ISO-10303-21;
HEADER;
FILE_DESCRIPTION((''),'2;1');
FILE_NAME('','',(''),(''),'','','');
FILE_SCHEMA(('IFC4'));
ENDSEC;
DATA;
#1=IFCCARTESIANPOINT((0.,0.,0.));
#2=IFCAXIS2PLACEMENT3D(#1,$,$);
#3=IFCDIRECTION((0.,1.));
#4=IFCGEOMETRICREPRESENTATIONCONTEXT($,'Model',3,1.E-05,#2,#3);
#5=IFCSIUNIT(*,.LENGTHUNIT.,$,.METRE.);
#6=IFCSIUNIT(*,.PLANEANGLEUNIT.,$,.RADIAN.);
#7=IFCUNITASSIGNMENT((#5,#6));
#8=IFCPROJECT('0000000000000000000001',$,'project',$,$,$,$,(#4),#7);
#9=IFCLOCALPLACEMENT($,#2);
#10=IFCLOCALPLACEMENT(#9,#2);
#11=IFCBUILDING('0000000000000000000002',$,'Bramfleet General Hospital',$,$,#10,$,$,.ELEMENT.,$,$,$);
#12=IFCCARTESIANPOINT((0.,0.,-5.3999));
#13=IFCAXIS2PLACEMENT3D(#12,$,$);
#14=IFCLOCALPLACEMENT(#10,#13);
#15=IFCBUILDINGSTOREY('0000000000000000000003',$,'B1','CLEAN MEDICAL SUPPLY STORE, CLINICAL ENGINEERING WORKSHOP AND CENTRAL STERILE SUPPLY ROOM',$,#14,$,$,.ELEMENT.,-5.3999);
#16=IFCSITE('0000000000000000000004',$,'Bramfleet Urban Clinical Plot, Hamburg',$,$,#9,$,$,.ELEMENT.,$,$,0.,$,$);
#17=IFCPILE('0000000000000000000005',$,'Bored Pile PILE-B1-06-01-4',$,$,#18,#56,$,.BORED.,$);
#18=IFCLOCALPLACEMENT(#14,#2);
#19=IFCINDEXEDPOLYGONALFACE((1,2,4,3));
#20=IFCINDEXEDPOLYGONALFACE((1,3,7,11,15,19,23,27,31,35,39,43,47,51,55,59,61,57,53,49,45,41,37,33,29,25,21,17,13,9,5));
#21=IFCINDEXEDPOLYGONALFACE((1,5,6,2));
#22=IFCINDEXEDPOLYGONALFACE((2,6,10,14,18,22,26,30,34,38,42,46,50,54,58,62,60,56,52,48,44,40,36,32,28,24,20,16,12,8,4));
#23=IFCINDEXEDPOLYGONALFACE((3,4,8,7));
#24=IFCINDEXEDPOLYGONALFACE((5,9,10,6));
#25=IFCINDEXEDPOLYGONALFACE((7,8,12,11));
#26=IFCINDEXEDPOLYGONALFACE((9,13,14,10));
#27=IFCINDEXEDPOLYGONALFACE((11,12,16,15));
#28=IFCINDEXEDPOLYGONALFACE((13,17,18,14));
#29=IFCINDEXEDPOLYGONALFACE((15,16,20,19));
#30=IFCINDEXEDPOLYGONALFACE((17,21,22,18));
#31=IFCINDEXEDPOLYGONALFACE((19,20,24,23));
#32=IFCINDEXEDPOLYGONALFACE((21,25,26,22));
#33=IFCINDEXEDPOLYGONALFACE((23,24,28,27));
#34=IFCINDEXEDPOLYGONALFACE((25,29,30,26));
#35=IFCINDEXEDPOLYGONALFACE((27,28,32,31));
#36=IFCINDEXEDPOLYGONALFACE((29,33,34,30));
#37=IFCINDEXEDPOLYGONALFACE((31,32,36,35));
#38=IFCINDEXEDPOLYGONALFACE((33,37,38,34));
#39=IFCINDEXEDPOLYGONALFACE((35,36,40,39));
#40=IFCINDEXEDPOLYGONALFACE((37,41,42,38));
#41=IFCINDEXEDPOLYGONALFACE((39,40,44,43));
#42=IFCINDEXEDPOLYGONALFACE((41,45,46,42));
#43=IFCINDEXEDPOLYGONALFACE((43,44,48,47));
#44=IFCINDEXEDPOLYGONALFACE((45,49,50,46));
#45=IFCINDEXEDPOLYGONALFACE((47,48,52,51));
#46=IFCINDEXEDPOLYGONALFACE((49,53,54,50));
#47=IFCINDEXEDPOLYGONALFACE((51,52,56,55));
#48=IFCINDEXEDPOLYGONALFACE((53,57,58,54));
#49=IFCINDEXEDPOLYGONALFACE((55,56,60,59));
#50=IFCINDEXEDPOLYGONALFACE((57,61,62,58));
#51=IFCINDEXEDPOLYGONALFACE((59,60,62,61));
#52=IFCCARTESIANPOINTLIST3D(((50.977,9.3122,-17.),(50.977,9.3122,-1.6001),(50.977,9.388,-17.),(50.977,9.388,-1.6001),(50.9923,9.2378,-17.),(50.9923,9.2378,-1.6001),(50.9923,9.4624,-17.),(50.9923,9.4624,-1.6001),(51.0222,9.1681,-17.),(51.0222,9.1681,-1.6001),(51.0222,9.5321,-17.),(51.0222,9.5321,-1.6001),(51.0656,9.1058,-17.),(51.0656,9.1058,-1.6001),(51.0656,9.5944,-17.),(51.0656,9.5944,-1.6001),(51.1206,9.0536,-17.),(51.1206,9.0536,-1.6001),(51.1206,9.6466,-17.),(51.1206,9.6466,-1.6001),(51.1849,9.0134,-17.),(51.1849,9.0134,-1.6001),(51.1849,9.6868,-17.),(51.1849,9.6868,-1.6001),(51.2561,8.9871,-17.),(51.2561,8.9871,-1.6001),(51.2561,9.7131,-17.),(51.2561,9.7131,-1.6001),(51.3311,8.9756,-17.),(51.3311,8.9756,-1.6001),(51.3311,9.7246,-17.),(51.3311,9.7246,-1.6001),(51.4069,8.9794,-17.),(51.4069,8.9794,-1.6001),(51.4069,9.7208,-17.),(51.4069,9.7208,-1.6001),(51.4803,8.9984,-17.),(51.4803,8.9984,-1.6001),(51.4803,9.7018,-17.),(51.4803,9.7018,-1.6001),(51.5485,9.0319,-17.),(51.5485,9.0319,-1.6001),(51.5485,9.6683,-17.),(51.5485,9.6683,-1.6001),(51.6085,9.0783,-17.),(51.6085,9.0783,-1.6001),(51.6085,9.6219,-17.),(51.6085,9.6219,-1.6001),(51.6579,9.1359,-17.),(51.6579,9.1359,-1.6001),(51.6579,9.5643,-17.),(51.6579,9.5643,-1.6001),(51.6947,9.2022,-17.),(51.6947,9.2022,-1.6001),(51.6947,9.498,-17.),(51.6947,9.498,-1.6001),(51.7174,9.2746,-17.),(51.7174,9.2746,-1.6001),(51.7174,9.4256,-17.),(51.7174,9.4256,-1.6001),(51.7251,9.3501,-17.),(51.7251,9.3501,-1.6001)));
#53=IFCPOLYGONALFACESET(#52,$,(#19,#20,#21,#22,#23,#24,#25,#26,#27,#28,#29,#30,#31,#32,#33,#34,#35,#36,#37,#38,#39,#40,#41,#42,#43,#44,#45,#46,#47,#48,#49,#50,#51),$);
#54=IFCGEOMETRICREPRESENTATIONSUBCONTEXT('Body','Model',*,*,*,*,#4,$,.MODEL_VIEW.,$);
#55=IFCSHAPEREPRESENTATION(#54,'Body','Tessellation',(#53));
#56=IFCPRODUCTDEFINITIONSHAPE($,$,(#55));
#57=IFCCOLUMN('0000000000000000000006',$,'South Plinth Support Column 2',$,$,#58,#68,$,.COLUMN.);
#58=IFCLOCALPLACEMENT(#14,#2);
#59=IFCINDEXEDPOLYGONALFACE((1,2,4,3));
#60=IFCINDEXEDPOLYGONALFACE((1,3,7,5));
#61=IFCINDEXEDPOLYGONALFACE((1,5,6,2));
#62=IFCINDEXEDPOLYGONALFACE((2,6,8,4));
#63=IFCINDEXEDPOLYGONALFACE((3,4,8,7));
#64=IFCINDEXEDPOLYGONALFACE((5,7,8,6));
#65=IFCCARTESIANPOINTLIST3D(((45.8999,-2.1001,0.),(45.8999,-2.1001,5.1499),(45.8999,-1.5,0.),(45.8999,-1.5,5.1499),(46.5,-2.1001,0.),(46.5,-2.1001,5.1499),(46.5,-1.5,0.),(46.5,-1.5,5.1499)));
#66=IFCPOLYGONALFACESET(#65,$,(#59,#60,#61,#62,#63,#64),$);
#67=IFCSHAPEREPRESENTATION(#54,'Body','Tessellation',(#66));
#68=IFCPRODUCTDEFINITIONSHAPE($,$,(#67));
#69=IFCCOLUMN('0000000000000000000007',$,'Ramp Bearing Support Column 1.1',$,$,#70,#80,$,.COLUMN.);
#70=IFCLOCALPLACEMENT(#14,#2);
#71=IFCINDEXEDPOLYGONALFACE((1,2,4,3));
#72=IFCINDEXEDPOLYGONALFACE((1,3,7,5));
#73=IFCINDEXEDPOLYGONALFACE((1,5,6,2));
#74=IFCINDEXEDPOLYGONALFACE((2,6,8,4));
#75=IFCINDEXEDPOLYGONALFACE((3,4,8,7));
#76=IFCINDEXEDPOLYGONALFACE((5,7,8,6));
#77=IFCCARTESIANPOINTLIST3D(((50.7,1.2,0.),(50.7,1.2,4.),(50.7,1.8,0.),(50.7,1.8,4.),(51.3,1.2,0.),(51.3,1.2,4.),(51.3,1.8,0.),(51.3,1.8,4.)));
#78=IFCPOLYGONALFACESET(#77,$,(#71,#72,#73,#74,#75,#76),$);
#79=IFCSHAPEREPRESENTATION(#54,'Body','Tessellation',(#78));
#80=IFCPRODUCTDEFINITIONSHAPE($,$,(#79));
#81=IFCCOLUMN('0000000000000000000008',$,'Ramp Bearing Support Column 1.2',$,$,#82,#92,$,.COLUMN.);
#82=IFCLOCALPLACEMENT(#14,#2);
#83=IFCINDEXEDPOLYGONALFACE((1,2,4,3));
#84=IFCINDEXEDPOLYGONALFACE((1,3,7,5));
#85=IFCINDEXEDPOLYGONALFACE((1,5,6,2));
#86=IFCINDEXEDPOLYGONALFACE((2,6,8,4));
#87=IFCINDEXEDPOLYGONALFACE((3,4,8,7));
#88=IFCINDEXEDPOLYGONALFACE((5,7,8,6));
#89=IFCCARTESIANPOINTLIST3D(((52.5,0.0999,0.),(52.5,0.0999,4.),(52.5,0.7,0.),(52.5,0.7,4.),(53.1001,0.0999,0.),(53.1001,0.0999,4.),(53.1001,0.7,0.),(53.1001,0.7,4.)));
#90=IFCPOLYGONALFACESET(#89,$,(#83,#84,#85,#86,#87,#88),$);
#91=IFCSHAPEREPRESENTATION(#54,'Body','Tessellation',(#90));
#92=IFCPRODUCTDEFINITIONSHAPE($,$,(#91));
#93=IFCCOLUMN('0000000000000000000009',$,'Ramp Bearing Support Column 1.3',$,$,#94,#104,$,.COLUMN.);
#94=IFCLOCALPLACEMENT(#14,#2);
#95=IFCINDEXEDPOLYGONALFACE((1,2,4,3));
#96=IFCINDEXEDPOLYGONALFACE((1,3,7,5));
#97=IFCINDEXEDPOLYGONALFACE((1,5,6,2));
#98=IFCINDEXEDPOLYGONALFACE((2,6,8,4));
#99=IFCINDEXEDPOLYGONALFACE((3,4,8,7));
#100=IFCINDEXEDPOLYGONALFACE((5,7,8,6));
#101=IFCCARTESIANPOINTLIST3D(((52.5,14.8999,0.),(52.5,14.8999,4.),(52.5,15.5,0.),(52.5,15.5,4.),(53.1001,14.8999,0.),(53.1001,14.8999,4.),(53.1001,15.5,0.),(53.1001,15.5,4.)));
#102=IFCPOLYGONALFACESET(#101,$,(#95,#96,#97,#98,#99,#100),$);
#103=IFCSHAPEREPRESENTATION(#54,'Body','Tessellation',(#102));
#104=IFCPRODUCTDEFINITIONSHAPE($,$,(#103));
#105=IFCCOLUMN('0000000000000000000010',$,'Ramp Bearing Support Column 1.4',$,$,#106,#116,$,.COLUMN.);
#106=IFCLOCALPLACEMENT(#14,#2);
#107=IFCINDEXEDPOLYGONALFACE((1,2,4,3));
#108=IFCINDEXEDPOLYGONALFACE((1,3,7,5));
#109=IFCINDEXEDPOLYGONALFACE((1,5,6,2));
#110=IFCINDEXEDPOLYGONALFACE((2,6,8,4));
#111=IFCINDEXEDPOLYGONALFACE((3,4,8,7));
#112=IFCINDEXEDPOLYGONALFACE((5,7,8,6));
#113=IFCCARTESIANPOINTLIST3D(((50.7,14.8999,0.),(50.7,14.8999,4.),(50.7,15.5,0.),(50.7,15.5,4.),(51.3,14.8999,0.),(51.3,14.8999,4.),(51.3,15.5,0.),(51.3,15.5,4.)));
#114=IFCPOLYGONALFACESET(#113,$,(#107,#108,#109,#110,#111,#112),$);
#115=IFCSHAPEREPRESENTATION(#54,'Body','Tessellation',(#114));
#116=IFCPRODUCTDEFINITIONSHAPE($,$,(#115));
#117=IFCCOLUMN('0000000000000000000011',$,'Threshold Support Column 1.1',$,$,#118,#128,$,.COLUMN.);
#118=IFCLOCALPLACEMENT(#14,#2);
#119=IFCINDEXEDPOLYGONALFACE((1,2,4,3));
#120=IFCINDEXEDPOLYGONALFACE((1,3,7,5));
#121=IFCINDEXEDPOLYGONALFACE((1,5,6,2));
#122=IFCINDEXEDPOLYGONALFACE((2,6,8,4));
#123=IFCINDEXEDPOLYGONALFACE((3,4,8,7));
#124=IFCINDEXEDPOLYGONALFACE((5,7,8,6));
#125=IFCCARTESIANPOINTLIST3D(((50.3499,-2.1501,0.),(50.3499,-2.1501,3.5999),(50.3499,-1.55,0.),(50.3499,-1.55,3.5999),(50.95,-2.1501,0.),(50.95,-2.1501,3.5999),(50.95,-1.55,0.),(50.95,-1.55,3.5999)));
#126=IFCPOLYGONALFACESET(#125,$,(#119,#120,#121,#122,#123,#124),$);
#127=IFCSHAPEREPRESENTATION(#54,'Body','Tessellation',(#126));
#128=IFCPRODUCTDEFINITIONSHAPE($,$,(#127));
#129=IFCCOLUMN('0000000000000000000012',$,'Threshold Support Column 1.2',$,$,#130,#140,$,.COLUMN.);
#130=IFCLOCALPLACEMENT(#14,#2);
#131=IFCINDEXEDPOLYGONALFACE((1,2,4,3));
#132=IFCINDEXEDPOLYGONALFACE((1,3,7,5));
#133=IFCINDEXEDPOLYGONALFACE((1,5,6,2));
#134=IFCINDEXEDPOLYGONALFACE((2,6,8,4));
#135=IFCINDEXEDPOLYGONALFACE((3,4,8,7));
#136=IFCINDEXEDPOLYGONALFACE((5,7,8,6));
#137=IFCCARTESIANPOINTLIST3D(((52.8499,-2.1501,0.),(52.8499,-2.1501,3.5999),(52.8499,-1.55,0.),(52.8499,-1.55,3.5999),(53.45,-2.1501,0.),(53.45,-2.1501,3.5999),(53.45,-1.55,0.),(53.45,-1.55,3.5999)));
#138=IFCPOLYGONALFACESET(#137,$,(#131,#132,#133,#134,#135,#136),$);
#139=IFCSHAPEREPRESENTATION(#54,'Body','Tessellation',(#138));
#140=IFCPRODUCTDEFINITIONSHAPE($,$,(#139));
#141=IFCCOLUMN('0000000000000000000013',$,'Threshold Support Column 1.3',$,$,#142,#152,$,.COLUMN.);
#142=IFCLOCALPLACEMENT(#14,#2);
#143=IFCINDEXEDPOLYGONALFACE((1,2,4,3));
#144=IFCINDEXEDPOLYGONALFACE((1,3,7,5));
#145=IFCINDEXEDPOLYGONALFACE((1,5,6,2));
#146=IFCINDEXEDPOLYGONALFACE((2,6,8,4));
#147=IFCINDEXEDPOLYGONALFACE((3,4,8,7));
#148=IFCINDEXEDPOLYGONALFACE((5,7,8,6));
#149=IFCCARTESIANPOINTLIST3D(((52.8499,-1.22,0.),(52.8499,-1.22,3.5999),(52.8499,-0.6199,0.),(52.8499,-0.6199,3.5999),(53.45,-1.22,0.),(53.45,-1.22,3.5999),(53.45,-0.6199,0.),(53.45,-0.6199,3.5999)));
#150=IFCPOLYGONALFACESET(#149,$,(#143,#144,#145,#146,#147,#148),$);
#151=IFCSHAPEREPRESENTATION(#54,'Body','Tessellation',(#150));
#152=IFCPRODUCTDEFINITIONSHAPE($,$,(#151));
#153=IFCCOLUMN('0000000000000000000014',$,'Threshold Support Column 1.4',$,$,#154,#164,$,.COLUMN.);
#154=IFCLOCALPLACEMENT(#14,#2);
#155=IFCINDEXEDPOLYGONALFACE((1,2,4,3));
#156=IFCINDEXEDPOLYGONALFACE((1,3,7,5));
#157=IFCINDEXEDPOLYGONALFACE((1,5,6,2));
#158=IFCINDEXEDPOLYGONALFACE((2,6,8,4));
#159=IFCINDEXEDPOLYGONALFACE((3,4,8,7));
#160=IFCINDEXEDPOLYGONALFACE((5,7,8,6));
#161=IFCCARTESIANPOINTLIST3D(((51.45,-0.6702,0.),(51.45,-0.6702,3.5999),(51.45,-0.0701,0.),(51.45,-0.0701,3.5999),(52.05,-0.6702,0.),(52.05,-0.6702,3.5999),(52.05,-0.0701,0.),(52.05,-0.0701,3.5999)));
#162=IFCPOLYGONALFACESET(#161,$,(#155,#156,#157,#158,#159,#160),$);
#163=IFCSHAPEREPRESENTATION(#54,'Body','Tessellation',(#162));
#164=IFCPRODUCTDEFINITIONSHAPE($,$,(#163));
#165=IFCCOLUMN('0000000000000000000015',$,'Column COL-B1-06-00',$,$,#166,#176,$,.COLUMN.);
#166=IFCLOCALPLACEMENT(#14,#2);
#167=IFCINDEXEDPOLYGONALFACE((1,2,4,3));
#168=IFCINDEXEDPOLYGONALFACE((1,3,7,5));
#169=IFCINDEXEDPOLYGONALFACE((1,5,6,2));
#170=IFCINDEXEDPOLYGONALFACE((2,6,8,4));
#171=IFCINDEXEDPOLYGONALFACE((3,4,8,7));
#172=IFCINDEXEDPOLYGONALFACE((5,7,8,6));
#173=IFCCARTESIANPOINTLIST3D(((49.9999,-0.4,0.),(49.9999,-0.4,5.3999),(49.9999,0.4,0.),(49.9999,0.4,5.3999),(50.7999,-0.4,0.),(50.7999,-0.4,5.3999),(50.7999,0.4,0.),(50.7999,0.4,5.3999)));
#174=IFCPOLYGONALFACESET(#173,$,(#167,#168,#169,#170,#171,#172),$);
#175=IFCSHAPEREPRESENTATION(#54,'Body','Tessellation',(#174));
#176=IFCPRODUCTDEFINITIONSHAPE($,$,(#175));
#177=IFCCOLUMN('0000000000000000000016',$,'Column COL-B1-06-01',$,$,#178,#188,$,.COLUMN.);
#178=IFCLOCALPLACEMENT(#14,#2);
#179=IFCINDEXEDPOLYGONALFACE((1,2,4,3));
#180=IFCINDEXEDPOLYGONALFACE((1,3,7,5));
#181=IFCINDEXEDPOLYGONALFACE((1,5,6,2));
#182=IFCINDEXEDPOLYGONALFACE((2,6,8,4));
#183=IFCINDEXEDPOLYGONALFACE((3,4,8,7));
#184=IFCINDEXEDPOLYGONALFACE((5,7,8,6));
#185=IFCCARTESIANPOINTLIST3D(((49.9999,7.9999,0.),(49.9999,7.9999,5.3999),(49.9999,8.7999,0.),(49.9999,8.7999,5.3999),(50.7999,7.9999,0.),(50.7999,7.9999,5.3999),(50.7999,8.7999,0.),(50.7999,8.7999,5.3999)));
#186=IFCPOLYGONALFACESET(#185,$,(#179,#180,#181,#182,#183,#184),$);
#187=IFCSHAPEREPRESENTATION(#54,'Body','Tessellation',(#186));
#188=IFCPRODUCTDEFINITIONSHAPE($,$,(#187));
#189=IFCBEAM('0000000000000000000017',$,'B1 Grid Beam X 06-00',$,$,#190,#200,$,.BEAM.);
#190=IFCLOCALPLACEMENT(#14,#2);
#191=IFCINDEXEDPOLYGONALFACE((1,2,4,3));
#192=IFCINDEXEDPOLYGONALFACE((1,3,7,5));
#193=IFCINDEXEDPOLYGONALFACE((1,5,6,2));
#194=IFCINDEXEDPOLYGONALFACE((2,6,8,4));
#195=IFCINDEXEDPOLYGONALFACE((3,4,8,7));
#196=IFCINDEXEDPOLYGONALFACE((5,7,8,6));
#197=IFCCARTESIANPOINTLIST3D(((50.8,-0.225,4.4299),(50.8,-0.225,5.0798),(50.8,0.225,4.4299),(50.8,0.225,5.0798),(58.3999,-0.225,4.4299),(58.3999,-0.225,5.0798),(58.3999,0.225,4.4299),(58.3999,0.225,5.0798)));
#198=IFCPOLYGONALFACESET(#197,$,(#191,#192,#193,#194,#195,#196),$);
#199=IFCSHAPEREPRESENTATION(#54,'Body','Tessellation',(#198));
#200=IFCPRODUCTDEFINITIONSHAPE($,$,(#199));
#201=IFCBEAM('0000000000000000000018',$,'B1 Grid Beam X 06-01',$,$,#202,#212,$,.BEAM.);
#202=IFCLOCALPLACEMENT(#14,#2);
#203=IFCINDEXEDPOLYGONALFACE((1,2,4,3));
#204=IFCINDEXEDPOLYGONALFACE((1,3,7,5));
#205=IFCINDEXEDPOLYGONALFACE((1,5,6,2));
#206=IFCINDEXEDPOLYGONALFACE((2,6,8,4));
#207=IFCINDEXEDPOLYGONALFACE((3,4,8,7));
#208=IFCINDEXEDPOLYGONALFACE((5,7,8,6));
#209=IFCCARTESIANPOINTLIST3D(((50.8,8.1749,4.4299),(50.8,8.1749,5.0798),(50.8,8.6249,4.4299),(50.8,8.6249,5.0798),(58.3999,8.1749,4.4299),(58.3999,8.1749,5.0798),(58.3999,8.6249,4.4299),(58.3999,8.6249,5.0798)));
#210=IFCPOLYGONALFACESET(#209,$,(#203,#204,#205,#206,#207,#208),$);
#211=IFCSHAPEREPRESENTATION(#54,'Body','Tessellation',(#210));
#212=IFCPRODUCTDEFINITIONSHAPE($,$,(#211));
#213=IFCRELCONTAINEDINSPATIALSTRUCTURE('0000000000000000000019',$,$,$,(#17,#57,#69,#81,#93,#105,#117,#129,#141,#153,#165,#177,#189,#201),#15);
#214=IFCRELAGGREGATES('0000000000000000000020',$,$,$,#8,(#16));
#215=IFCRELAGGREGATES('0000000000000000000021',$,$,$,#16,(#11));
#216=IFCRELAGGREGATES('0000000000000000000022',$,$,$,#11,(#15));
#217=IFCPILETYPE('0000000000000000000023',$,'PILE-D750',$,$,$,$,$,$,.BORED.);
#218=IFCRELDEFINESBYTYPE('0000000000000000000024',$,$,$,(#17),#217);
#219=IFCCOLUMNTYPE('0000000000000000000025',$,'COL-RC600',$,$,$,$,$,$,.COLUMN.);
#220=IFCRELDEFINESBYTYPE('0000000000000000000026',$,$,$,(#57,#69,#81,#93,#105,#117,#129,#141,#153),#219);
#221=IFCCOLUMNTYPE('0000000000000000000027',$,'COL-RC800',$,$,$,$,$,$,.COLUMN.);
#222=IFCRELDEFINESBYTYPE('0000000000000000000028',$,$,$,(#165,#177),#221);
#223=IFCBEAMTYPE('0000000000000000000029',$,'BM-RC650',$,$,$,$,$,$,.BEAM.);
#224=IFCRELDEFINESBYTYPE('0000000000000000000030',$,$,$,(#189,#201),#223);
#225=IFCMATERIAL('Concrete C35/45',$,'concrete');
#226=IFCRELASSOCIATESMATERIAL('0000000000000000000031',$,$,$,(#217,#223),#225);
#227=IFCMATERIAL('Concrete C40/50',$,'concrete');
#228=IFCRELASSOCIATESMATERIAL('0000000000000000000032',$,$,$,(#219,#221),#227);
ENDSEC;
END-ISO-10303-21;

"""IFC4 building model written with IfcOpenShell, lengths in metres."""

from ifc_helpers import new_model, si_unit, direction, frame, origin, origin_2d, place, context, subcontext, project, spatial, rectangle, circle, extrude, material, material_profile, profile_set, type_object, element, save


model = new_model("IFC4")

# Units and contexts
model_context = context("Model", 3, precision=1e-05, world=origin(), true_north=direction((0.0, 1.0)))
body_context = subcontext(model_context, "Body", "Model", "MODEL_VIEW")
ifc_project = project(units=[si_unit("LENGTHUNIT", "METRE"), si_unit("PLANEANGLEUNIT", "RADIAN")], contexts=[model_context])

# Site, building, storey
site_placement = place(None, origin())
site = spatial("IfcSite", under=ifc_project, at=site_placement, Name="Bramfleet Urban Clinical Plot, Hamburg", CompositionType="ELEMENT", RefElevation=0.0)
building_placement = place(site_placement, origin())
building = spatial("IfcBuilding", under=site, at=building_placement, Name="Bramfleet General Hospital", CompositionType="ELEMENT")
storey_placement = place(building_placement, frame((0.0, 0.0, -5.3999)))
storey = spatial("IfcBuildingStorey", under=building, at=storey_placement, Name="B1", Description="CLEAN MEDICAL SUPPLY STORE, CLINICAL ENGINEERING WORKSHOP AND CENTRAL STERILE SUPPLY ROOM", CompositionType="ELEMENT", Elevation=-5.3999)

# Shared definitions
ifc_material_1 = material(Name="Concrete C35/45", Category="concrete")

# Pile
ifc_material_profile_1 = material_profile(ifc_material_1, circle(Radius=0.375, at=origin_2d()), Name="PILE BORED D750")
ifc_profile_set_1 = profile_set([ifc_material_profile_1], Name="Concrete C35/45")
pile_type = type_object("IfcPileType", Name="PILE-D750", PredefinedType="BORED", material=ifc_profile_set_1)
for number, where, z_axis, x_axis, name in (
    (1, (51.3501, 9.3501, -1.6001), (0.0, 0.0, -1.0), (1.0, 0.0, 0.0), "Bored Pile PILE-B1-06-01-4"),
):
    element("IfcPile", number, at=place(storey_placement, frame(where, z_axis=z_axis, x_axis=x_axis)), inside=storey, type_object=pile_type, Name=name, PredefinedType="BORED", context=body_context, shape_type="SweptSolid", body=[
        extrude(circle(Radius=0.375, at=origin_2d()), origin(), (0.0, 0.0, 1.0), 15.3999),
    ])

# Columns
ifc_material_2 = material(Name="Concrete C40/50", Category="concrete")
ifc_material_profile_2 = material_profile(ifc_material_2, rectangle(XDim=0.6001, YDim=0.6001, at=origin_2d()), Name="RC COL 600x600")
ifc_profile_set_2 = profile_set([ifc_material_profile_2], Name="Concrete C40/50")
column_type_1 = type_object("IfcColumnType", Name="COL-RC600", PredefinedType="COLUMN", material=ifc_profile_set_2)
column_placement = place(storey_placement, frame((46.2, -1.8, 0.0), z_axis=(0.0, 0.0, 1.0), x_axis=(1.0, 0.0, 0.0)))
element("IfcColumn", 2, at=column_placement, inside=storey, type_object=column_type_1, Name="South Plinth Support Column 2", PredefinedType="COLUMN", context=body_context, shape_type="SweptSolid", body=[
    extrude(rectangle(XDim=0.6001, YDim=0.6001, at=origin_2d()), origin(), (0.0, 0.0, 1.0), 5.1499),
])
for number, where, z_axis, x_axis, name in (
    (3, (51.0, 1.5, 0.0), (0.0, 0.0, 1.0), (1.0, 0.0, 0.0), "Ramp Bearing Support Column 1.1"),
    (4, (52.8, 0.3999, 0.0), (0.0, 0.0, 1.0), (1.0, 0.0, 0.0), "Ramp Bearing Support Column 1.2"),
    (5, (52.8, 15.2, 0.0), (0.0, 0.0, 1.0), (1.0, 0.0, 0.0), "Ramp Bearing Support Column 1.3"),
    (6, (51.0, 15.2, 0.0), (0.0, 0.0, 1.0), (1.0, 0.0, 0.0), "Ramp Bearing Support Column 1.4"),
):
    element("IfcColumn", number, at=place(storey_placement, frame(where, z_axis=z_axis, x_axis=x_axis)), inside=storey, type_object=column_type_1, Name=name, PredefinedType="COLUMN", context=body_context, shape_type="SweptSolid", body=[
        extrude(rectangle(XDim=0.6001, YDim=0.6001, at=origin_2d()), origin(), (0.0, 0.0, 1.0), 4.0),
    ])
for number, where, z_axis, x_axis, name in (
    (7, (50.6499, -1.8501, 0.0), (0.0, 0.0, 1.0), (1.0, 0.0, 0.0), "Threshold Support Column 1.1"),
    (8, (53.1499, -1.8501, 0.0), (0.0, 0.0, 1.0), (1.0, 0.0, 0.0), "Threshold Support Column 1.2"),
    (9, (53.1499, -0.9199, 0.0), (0.0, 0.0, 1.0), (1.0, 0.0, 0.0), "Threshold Support Column 1.3"),
    (10, (51.75, -0.3701, 0.0), (0.0, 0.0, 1.0), (1.0, 0.0, 0.0), "Threshold Support Column 1.4"),
):
    element("IfcColumn", number, at=place(storey_placement, frame(where, z_axis=z_axis, x_axis=x_axis)), inside=storey, type_object=column_type_1, Name=name, PredefinedType="COLUMN", context=body_context, shape_type="SweptSolid", body=[
        extrude(rectangle(XDim=0.6001, YDim=0.6001, at=origin_2d()), origin(), (0.0, 0.0, 1.0), 3.5999),
    ])
ifc_material_profile_3 = material_profile(ifc_material_2, rectangle(XDim=0.8, YDim=0.8, at=origin_2d()), Name="RC COL 800x800")
ifc_profile_set_3 = profile_set([ifc_material_profile_3], Name="Concrete C40/50")
column_type_2 = type_object("IfcColumnType", Name="COL-RC800", PredefinedType="COLUMN", material=ifc_profile_set_3)
for number, where, z_axis, x_axis, name in (
    (11, (50.3999, 0.0, 0.0), (0.0, 0.0, 1.0), (1.0, 0.0, 0.0), "Column COL-B1-06-00"),
    (12, (50.3999, 8.3999, 0.0), (0.0, 0.0, 1.0), (1.0, 0.0, 0.0), "Column COL-B1-06-01"),
):
    element("IfcColumn", number, at=place(storey_placement, frame(where, z_axis=z_axis, x_axis=x_axis)), inside=storey, type_object=column_type_2, Name=name, PredefinedType="COLUMN", context=body_context, shape_type="SweptSolid", body=[
        extrude(rectangle(XDim=0.8, YDim=0.8, at=origin_2d()), origin(), (0.0, 0.0, 1.0), 5.3999),
    ])

# Beams
ifc_material_profile_4 = material_profile(ifc_material_1, rectangle(XDim=0.45, YDim=0.6499, at=origin_2d()), Name="RC BM 650x450")
ifc_profile_set_4 = profile_set([ifc_material_profile_4], Name="Concrete C35/45")
beam_type_1 = type_object("IfcBeamType", Name="BM-RC650", PredefinedType="BEAM", material=ifc_profile_set_4)
for number, where, z_axis, x_axis, name in (
    (13, (50.8, 0.0, 4.7549), (1.0, 0.0, 0.0), (0.0, 1.0, 0.0), "B1 Grid Beam X 06-00"),
    (14, (50.8, 8.3999, 4.7549), (1.0, 0.0, 0.0), (0.0, 1.0, 0.0), "B1 Grid Beam X 06-01"),
):
    element("IfcBeam", number, at=place(storey_placement, frame(where, z_axis=z_axis, x_axis=x_axis)), inside=storey, type_object=beam_type_1, Name=name, PredefinedType="BEAM", context=body_context, shape_type="SweptSolid", body=[
        extrude(rectangle(XDim=0.45, YDim=0.6499, at=origin_2d()), origin(), (0.0, 0.0, 1.0), 7.5999),
    ])

save(model, "model.ifc")
